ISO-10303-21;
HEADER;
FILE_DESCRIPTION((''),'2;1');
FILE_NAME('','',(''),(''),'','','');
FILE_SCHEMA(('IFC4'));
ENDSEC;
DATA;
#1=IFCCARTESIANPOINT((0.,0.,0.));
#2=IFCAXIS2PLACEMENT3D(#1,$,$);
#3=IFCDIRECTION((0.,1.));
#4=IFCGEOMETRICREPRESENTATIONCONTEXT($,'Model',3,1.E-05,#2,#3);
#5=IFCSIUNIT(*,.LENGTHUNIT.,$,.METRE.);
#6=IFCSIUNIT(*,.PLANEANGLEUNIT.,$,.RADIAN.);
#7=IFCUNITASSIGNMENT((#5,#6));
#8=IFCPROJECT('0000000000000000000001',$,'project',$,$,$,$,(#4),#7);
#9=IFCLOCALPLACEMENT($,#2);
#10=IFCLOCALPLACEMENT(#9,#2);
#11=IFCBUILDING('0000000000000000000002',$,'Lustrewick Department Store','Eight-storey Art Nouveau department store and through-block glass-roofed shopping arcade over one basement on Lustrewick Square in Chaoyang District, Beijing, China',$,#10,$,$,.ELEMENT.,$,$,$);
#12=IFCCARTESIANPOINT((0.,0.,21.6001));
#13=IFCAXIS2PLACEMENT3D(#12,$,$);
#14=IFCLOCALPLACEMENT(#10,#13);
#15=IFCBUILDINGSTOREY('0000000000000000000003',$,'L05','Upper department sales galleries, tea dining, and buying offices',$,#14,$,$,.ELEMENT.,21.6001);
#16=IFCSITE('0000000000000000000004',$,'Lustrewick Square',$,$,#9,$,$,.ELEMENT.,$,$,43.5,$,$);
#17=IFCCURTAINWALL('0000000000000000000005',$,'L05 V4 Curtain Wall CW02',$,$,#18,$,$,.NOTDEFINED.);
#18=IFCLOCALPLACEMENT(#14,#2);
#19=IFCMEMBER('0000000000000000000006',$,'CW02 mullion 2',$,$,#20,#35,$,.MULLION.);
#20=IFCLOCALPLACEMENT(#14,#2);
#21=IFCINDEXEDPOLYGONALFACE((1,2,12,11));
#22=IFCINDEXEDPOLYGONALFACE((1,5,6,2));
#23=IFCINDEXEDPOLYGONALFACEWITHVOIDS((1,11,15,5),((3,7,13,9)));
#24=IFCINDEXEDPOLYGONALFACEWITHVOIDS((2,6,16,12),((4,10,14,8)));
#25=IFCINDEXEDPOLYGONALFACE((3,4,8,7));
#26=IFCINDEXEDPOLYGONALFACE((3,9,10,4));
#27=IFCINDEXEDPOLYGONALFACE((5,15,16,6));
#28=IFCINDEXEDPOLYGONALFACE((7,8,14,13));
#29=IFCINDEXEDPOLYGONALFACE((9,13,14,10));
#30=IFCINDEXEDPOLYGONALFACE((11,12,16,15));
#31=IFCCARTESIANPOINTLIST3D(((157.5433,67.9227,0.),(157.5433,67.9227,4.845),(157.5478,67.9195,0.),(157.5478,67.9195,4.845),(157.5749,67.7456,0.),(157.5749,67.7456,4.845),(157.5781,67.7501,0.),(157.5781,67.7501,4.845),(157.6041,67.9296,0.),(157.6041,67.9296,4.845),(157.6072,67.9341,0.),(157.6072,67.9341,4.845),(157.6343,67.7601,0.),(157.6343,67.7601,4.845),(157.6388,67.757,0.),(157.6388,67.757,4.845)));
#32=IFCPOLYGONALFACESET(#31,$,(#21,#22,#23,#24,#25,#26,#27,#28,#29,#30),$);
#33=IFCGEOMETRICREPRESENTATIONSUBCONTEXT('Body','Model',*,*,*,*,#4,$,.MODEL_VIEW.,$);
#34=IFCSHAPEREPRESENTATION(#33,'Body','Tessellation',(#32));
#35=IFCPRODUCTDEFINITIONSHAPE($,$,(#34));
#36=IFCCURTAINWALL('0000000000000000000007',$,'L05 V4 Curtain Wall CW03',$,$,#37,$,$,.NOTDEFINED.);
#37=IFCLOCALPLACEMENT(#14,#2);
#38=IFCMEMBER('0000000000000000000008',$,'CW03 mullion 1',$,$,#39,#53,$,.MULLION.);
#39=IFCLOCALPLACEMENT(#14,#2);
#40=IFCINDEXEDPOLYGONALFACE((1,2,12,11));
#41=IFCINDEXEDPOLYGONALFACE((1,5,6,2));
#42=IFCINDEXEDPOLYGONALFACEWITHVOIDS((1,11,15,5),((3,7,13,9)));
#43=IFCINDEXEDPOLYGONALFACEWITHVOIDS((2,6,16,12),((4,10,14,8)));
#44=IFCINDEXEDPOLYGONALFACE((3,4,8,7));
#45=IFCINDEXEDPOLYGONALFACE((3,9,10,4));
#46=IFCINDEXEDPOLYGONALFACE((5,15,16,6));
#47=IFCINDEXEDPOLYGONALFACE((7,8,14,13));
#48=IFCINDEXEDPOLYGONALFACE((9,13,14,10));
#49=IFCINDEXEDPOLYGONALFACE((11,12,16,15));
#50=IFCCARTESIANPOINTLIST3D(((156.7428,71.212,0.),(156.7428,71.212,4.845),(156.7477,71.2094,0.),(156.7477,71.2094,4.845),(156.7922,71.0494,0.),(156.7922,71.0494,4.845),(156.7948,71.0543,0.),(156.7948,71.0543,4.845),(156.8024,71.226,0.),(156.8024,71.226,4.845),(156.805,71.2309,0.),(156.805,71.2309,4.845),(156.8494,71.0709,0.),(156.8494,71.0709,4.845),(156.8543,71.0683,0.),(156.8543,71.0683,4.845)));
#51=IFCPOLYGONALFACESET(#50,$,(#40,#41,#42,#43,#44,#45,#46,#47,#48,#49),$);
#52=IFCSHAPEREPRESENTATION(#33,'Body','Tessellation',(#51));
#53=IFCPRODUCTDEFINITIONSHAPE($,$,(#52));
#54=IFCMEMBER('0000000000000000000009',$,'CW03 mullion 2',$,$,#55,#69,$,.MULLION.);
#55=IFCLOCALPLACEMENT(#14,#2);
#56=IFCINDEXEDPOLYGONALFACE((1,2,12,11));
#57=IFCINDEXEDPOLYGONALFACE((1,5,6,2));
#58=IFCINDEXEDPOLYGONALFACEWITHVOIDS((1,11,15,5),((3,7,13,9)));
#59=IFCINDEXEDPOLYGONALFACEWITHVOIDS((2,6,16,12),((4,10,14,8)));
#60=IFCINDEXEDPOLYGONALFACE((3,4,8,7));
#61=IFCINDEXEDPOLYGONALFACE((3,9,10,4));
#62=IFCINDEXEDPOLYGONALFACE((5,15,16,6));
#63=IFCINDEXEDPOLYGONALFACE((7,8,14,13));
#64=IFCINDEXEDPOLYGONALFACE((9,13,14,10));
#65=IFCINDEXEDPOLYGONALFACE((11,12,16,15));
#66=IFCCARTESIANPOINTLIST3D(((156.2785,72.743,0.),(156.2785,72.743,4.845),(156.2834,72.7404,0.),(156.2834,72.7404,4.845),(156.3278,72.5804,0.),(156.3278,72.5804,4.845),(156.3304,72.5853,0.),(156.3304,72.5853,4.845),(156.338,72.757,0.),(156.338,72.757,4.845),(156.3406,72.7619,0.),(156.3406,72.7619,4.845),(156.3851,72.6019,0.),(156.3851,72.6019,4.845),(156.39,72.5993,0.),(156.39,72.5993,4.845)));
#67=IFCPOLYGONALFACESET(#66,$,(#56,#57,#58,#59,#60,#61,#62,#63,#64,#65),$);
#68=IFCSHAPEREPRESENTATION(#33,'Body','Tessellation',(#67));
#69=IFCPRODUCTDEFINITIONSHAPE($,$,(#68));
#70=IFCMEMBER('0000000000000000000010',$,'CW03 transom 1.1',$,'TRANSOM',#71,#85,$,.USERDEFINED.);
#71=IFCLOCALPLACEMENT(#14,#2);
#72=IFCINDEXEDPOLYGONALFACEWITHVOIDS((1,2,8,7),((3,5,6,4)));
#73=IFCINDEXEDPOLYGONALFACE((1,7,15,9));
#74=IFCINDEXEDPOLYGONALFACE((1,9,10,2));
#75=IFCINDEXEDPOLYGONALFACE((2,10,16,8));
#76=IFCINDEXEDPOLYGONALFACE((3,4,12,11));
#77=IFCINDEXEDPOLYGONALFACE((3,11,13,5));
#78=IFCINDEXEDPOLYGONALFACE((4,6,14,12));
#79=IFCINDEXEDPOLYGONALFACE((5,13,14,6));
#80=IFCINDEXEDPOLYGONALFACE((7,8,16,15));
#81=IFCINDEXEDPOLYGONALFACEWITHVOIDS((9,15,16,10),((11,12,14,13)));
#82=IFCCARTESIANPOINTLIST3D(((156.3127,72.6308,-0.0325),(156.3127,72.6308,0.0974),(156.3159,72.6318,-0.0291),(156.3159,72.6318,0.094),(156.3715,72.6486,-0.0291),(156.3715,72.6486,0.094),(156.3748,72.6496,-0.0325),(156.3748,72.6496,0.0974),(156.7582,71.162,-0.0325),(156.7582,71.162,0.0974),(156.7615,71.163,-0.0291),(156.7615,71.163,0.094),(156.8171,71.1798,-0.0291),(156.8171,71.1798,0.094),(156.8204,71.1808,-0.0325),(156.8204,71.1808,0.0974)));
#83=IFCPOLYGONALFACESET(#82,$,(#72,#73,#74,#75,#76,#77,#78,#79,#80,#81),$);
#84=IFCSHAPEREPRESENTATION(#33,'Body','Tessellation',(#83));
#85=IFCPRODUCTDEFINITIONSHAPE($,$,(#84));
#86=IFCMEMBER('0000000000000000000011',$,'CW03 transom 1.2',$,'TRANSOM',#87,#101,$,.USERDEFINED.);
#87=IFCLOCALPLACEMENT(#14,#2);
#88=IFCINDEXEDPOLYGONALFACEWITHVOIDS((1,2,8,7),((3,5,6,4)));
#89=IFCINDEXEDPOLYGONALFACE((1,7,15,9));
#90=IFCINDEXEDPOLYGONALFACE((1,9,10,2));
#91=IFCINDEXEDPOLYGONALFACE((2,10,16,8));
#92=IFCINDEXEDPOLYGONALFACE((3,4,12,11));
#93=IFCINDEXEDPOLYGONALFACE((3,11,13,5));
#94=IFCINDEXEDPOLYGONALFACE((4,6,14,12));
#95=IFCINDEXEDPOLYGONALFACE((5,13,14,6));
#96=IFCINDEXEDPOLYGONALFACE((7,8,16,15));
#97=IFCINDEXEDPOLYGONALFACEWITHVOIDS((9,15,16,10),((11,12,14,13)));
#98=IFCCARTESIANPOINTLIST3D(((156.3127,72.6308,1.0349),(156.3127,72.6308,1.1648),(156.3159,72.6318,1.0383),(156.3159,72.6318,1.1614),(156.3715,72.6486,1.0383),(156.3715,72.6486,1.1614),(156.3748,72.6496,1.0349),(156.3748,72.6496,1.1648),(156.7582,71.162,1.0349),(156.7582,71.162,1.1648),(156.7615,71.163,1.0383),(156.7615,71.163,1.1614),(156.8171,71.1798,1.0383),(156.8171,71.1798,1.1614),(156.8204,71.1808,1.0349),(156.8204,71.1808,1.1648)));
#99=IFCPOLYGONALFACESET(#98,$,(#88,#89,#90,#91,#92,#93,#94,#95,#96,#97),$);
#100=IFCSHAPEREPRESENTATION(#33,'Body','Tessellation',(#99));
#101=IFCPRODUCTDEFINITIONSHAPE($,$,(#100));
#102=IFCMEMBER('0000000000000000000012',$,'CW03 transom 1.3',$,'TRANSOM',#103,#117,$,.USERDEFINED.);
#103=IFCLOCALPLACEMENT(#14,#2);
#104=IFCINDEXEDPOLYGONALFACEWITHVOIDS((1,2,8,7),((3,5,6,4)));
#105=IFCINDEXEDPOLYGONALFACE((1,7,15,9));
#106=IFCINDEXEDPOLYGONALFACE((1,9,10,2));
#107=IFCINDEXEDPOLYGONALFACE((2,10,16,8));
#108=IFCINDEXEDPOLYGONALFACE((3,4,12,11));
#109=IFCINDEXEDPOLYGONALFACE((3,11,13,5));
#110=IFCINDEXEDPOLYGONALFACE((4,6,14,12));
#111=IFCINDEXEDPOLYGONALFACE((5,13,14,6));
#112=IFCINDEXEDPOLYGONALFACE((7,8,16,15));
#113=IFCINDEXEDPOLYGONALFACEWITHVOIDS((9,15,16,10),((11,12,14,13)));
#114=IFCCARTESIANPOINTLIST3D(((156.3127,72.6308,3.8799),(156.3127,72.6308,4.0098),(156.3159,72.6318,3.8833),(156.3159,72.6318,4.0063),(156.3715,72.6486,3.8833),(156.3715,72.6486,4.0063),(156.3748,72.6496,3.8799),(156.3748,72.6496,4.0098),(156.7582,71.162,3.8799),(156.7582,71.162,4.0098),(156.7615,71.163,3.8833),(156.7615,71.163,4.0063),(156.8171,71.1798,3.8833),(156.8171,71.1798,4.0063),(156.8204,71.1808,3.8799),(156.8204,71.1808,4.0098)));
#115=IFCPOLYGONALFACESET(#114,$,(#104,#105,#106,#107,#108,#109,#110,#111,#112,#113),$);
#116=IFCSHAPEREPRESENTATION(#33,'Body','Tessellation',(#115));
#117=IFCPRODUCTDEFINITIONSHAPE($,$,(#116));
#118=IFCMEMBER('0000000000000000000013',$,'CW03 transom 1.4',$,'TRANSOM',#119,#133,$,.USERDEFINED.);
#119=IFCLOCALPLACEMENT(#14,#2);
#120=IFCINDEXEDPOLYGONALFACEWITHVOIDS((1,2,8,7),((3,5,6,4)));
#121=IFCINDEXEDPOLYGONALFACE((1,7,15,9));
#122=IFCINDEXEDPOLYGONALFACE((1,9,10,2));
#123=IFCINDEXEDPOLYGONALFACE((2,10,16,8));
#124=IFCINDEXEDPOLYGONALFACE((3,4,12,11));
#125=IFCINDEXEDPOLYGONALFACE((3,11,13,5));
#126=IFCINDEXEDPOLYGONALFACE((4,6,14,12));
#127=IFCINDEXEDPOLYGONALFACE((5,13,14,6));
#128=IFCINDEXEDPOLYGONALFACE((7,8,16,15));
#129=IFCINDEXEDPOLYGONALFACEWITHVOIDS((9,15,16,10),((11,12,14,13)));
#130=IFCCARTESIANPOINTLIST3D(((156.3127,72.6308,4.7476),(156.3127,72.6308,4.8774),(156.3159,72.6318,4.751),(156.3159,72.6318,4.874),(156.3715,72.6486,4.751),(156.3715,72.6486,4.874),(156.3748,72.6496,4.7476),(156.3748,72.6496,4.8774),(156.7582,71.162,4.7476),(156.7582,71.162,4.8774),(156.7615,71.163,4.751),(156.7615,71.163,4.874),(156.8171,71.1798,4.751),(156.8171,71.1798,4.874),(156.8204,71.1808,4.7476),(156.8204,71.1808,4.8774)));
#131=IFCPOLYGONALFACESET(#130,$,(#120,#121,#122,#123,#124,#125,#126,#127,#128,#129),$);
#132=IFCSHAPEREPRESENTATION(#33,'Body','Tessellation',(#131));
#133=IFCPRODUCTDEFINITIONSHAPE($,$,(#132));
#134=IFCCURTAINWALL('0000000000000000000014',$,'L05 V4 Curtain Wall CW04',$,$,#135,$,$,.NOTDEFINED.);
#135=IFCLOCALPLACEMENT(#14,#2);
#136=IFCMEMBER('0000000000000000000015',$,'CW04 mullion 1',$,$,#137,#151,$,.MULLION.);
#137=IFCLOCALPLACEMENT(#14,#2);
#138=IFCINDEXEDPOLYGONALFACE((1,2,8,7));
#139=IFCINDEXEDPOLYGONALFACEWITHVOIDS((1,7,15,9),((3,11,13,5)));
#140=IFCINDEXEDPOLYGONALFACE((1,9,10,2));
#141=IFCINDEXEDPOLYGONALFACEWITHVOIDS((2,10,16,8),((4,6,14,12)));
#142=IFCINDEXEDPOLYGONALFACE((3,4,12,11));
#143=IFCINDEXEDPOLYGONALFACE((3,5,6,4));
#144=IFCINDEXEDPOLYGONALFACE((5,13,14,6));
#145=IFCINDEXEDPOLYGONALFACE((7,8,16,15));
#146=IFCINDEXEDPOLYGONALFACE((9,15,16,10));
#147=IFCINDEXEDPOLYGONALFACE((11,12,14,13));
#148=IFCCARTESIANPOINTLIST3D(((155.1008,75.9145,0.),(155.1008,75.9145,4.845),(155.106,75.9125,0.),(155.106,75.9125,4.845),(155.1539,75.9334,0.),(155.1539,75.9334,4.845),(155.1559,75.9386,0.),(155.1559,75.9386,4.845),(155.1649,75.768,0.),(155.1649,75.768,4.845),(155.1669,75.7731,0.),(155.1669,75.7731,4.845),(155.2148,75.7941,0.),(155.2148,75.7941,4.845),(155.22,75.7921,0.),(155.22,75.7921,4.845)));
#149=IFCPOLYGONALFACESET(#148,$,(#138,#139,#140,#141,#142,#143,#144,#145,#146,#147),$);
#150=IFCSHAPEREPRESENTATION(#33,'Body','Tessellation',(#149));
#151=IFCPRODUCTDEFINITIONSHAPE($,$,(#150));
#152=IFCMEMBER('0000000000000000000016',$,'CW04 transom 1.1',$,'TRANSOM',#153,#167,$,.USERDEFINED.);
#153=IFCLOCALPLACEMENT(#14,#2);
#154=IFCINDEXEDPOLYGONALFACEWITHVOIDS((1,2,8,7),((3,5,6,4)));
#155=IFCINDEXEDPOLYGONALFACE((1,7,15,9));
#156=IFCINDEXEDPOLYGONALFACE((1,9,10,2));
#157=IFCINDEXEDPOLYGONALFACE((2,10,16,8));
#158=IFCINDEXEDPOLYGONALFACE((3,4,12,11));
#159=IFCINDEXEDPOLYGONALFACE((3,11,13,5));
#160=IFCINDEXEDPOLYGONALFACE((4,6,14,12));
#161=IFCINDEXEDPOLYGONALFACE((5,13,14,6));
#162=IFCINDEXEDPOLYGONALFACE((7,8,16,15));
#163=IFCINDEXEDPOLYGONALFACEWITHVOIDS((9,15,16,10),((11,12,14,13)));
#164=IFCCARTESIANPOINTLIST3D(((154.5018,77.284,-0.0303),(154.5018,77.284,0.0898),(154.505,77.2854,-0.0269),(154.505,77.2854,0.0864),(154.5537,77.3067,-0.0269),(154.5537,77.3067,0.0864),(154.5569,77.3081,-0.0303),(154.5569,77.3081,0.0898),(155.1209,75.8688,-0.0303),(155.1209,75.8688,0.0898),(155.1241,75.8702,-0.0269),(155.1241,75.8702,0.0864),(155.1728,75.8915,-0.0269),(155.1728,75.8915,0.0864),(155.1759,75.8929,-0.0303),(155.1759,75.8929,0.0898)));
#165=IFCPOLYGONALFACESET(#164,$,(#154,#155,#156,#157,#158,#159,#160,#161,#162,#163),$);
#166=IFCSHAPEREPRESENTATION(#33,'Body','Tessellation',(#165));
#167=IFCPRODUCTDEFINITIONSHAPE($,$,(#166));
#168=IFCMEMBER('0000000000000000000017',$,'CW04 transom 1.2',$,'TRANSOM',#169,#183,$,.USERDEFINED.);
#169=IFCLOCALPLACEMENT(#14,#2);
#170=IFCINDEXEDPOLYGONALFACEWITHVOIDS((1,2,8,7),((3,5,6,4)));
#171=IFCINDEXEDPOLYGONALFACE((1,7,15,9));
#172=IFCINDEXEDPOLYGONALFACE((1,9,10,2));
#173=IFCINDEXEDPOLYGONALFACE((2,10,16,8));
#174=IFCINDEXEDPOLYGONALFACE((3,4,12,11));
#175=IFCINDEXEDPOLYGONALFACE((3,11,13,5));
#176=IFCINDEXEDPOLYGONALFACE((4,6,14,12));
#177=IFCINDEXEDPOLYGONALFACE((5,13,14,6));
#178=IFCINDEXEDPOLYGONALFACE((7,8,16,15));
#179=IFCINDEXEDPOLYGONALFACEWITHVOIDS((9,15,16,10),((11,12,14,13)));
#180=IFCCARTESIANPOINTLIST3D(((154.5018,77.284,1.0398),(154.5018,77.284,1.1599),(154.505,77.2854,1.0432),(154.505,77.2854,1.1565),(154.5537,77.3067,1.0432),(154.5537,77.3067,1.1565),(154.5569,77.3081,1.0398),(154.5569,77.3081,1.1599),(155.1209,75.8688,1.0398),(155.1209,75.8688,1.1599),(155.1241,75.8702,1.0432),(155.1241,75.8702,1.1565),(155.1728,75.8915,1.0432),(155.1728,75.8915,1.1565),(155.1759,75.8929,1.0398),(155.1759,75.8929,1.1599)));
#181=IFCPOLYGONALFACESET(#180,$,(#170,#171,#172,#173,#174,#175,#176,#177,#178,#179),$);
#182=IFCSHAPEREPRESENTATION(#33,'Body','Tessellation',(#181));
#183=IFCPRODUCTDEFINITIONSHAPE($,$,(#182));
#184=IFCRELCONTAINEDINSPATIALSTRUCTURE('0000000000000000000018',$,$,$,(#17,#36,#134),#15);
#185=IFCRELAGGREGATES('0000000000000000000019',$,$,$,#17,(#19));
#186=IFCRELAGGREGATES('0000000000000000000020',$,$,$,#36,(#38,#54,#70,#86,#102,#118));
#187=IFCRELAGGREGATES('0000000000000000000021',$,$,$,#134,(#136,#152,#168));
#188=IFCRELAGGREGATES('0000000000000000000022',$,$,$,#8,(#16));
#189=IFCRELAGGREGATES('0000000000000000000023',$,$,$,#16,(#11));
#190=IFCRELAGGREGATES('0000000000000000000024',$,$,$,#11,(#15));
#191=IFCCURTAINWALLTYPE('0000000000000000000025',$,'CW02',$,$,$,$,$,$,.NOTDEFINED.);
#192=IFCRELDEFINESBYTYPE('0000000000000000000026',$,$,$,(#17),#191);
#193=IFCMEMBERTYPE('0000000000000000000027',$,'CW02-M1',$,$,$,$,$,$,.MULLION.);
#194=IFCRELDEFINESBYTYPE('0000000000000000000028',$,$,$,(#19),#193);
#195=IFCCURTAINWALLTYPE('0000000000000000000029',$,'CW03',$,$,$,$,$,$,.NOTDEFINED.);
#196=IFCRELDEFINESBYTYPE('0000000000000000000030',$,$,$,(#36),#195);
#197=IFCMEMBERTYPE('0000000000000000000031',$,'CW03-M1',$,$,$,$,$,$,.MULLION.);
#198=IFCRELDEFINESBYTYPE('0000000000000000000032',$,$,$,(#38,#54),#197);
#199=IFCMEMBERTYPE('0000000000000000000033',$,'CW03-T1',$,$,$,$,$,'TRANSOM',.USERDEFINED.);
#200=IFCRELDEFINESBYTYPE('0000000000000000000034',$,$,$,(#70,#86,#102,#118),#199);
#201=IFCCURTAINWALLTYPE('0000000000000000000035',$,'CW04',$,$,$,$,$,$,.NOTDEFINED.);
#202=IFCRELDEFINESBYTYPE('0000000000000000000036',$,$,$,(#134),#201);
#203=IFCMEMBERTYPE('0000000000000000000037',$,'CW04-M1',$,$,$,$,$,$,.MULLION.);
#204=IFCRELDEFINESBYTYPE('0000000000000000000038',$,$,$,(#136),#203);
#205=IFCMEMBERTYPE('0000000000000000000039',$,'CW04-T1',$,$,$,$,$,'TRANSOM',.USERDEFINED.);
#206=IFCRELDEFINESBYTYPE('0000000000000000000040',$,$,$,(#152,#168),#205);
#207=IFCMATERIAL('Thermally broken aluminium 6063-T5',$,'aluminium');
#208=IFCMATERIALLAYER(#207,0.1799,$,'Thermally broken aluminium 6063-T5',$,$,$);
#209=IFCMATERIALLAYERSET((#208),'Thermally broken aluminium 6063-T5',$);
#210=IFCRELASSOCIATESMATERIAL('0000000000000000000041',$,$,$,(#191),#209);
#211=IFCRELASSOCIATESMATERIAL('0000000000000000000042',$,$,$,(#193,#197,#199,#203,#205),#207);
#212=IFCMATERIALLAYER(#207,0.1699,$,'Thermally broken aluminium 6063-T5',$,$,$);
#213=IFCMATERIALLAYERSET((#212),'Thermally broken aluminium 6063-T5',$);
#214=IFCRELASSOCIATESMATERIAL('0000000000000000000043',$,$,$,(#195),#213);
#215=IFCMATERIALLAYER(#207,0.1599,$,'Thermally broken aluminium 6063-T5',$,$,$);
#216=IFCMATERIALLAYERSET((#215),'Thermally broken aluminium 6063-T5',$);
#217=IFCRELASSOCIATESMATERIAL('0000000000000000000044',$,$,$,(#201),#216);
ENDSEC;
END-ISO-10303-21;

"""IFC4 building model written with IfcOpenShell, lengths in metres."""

from ifc_helpers import new_model, si_unit, direction, frame, origin, origin_2d, place, context, subcontext, project, spatial, hollow_rectangle, extrude, material, layer, layer_set, material_profile, profile_set, type_object, element, aggregate, save


model = new_model("IFC4")

# Units and contexts
model_context = context("Model", 3, precision=1e-05, world=origin(), true_north=direction((0.0, 1.0)))
body_context = subcontext(model_context, "Body", "Model", "MODEL_VIEW")
ifc_project = project(units=[si_unit("LENGTHUNIT", "METRE"), si_unit("PLANEANGLEUNIT", "RADIAN")], contexts=[model_context])

# Site, building, storey
site_placement = place(None, origin())
site = spatial("IfcSite", under=ifc_project, at=site_placement, Name="Lustrewick Square", CompositionType="ELEMENT", RefElevation=43.5)
building_placement = place(site_placement, origin())
building = spatial("IfcBuilding", under=site, at=building_placement, Name="Lustrewick Department Store", Description="Eight-storey Art Nouveau department store and through-block glass-roofed shopping arcade over one basement on Lustrewick Square in Chaoyang District, Beijing, China", CompositionType="ELEMENT")
storey_placement = place(building_placement, frame((0.0, 0.0, 21.6001)))
storey = spatial("IfcBuildingStorey", under=building, at=storey_placement, Name="L05", Description="Upper department sales galleries, tea dining, and buying offices", CompositionType="ELEMENT", Elevation=21.6001)

# Curtain wall, member
ifc_material_1 = material(Name="Thermally broken aluminium 6063-T5", Category="aluminium")
ifc_layer_1 = layer(ifc_material_1, 0.1799, Name="Thermally broken aluminium 6063-T5")
ifc_layer_set_1 = layer_set([ifc_layer_1], Name="Thermally broken aluminium 6063-T5")
curtain_wall_type_1 = type_object("IfcCurtainWallType", Name="CW02", PredefinedType="NOTDEFINED", material=ifc_layer_set_1)
curtain_wall_1_placement = place(storey_placement, origin())
curtain_wall_1 = element("IfcCurtainWall", 1, at=curtain_wall_1_placement, inside=storey, type_object=curtain_wall_type_1, Name="L05 V4 Curtain Wall CW02", PredefinedType="NOTDEFINED")
ifc_material_profile_1 = material_profile(ifc_material_1, hollow_rectangle(XDim=0.0649, YDim=0.1799, WallThickness=0.0039, at=origin_2d()), Name="ALU-M 65x180x4")
ifc_profile_set_1 = profile_set([ifc_material_profile_1], Name="Thermally broken aluminium 6063-T5")
member_type_1 = type_object("IfcMemberType", Name="CW02-M1", PredefinedType="MULLION", material=ifc_profile_set_1)
member_1_placement = place(storey_placement, frame((157.5911, 67.8398, 0.0), z_axis=(0.0, 0.0, 1.0), x_axis=(-0.984425, -0.175803, 0.0)))
member_1 = element("IfcMember", 2, at=member_1_placement, type_object=member_type_1, Name="CW02 mullion 2", PredefinedType="MULLION", context=body_context, shape_type="SweptSolid", body=[
    extrude(hollow_rectangle(XDim=0.0649, YDim=0.1799, WallThickness=0.0039, at=origin_2d()), origin(), (0.0, 0.0, 1.0), 4.845),
])
aggregate(curtain_wall_1, [member_1])

# Curtain walls, members
ifc_layer_2 = layer(ifc_material_1, 0.1699, Name="Thermally broken aluminium 6063-T5")
ifc_layer_set_2 = layer_set([ifc_layer_2], Name="Thermally broken aluminium 6063-T5")
curtain_wall_type_2 = type_object("IfcCurtainWallType", Name="CW03", PredefinedType="NOTDEFINED", material=ifc_layer_set_2)
curtain_wall_2_placement = place(storey_placement, origin())
curtain_wall_2 = element("IfcCurtainWall", 3, at=curtain_wall_2_placement, inside=storey, type_object=curtain_wall_type_2, Name="L05 V4 Curtain Wall CW03", PredefinedType="NOTDEFINED")
ifc_material_profile_2 = material_profile(ifc_material_1, hollow_rectangle(XDim=0.0649, YDim=0.1699, WallThickness=0.0039, at=origin_2d()), Name="ALU-M 65x170x4")
ifc_profile_set_2 = profile_set([ifc_material_profile_2], Name="Thermally broken aluminium 6063-T5")
member_type_2 = type_object("IfcMemberType", Name="CW03-M1", PredefinedType="MULLION", material=ifc_profile_set_2)
member_2_placement = place(storey_placement, frame((156.7986, 71.1401, 0.0), z_axis=(0.0, 0.0, 1.0), x_axis=(-0.956939, -0.290289, 0.0)))
member_2 = element("IfcMember", 4, at=member_2_placement, type_object=member_type_2, Name="CW03 mullion 1", PredefinedType="MULLION", context=body_context, shape_type="SweptSolid", body=[
    extrude(hollow_rectangle(XDim=0.0649, YDim=0.1699, WallThickness=0.0039, at=origin_2d()), origin(), (0.0, 0.0, 1.0), 4.845),
])
member_3_placement = place(storey_placement, frame((156.3342, 72.6711, 0.0), z_axis=(0.0, 0.0, 1.0), x_axis=(-0.956939, -0.290289, 0.0)))
member_3 = element("IfcMember", 5, at=member_3_placement, type_object=member_type_2, Name="CW03 mullion 2", PredefinedType="MULLION", context=body_context, shape_type="SweptSolid", body=[
    extrude(hollow_rectangle(XDim=0.0649, YDim=0.1699, WallThickness=0.0039, at=origin_2d()), origin(), (0.0, 0.0, 1.0), 4.845),
])
ifc_material_profile_3 = material_profile(ifc_material_1, hollow_rectangle(XDim=0.0649, YDim=0.1299, WallThickness=0.0034, at=origin_2d()), Name="ALU-T 65x130x3.5")
ifc_profile_set_3 = profile_set([ifc_material_profile_3], Name="Thermally broken aluminium 6063-T5")
member_type_3 = type_object("IfcMemberType", Name="CW03-T1", ElementType="TRANSOM", PredefinedType="USERDEFINED", material=ifc_profile_set_3)
member_4_placement = place(storey_placement, frame((156.7893, 71.1714, 0.0325), z_axis=(-0.290294, 0.956937, 0.0), x_axis=(-0.956937, -0.290294, 0.0)))
member_4 = element("IfcMember", 6, at=member_4_placement, type_object=member_type_3, Name="CW03 transom 1.1", ObjectType="TRANSOM", PredefinedType="USERDEFINED", context=body_context, shape_type="SweptSolid", body=[
    extrude(hollow_rectangle(XDim=0.0649, YDim=0.1299, WallThickness=0.0034, at=origin_2d()), origin(), (0.0, 0.0, 1.0), 1.5349),
])
member_5_placement = place(storey_placement, frame((156.7893, 71.1714, 1.0999), z_axis=(-0.290294, 0.956937, 0.0), x_axis=(-0.956937, -0.290294, 0.0)))
member_5 = element("IfcMember", 7, at=member_5_placement, type_object=member_type_3, Name="CW03 transom 1.2", ObjectType="TRANSOM", PredefinedType="USERDEFINED", context=body_context, shape_type="SweptSolid", body=[
    extrude(hollow_rectangle(XDim=0.0649, YDim=0.1299, WallThickness=0.0034, at=origin_2d()), origin(), (0.0, 0.0, 1.0), 1.5349),
])
member_6_placement = place(storey_placement, frame((156.7893, 71.1714, 3.9448), z_axis=(-0.290294, 0.956937, 0.0), x_axis=(-0.956937, -0.290294, 0.0)))
member_6 = element("IfcMember", 8, at=member_6_placement, type_object=member_type_3, Name="CW03 transom 1.3", ObjectType="TRANSOM", PredefinedType="USERDEFINED", context=body_context, shape_type="SweptSolid", body=[
    extrude(hollow_rectangle(XDim=0.0649, YDim=0.1299, WallThickness=0.0034, at=origin_2d()), origin(), (0.0, 0.0, 1.0), 1.5349),
])
member_7_placement = place(storey_placement, frame((156.7893, 71.1714, 4.8125), z_axis=(-0.290294, 0.956937, 0.0), x_axis=(-0.956937, -0.290294, 0.0)))
member_7 = element("IfcMember", 9, at=member_7_placement, type_object=member_type_3, Name="CW03 transom 1.4", ObjectType="TRANSOM", PredefinedType="USERDEFINED", context=body_context, shape_type="SweptSolid", body=[
    extrude(hollow_rectangle(XDim=0.0649, YDim=0.1299, WallThickness=0.0034, at=origin_2d()), origin(), (0.0, 0.0, 1.0), 1.5349),
])
ifc_layer_3 = layer(ifc_material_1, 0.1599, Name="Thermally broken aluminium 6063-T5")
ifc_layer_set_3 = layer_set([ifc_layer_3], Name="Thermally broken aluminium 6063-T5")
curtain_wall_type_3 = type_object("IfcCurtainWallType", Name="CW04", PredefinedType="NOTDEFINED", material=ifc_layer_set_3)
curtain_wall_3_placement = place(storey_placement, origin())
curtain_wall_3 = element("IfcCurtainWall", 10, at=curtain_wall_3_placement, inside=storey, type_object=curtain_wall_type_3, Name="L05 V4 Curtain Wall CW04", PredefinedType="NOTDEFINED")
ifc_material_profile_4 = material_profile(ifc_material_1, hollow_rectangle(XDim=0.0601, YDim=0.1599, WallThickness=0.0039, at=origin_2d()), Name="ALU-M 60x160x4")
ifc_profile_set_4 = profile_set([ifc_material_profile_4], Name="Thermally broken aluminium 6063-T5")
member_type_4 = type_object("IfcMemberType", Name="CW04-M1", PredefinedType="MULLION", material=ifc_profile_set_4)
member_8_placement = place(storey_placement, frame((155.1604, 75.8533, 0.0), z_axis=(0.0, 0.0, 1.0), x_axis=(-0.916193, -0.400737, 0.0)))
member_8 = element("IfcMember", 11, at=member_8_placement, type_object=member_type_4, Name="CW04 mullion 1", PredefinedType="MULLION", context=body_context, shape_type="SweptSolid", body=[
    extrude(hollow_rectangle(XDim=0.0601, YDim=0.1599, WallThickness=0.0039, at=origin_2d()), origin(), (0.0, 0.0, 1.0), 4.845),
])
ifc_material_profile_5 = material_profile(ifc_material_1, hollow_rectangle(XDim=0.0601, YDim=0.1201, WallThickness=0.0034, at=origin_2d()), Name="ALU-T 60x120x3.5")
ifc_profile_set_5 = profile_set([ifc_material_profile_5], Name="Thermally broken aluminium 6063-T5")
member_type_5 = type_object("IfcMemberType", Name="CW04-T1", ElementType="TRANSOM", PredefinedType="USERDEFINED", material=ifc_profile_set_5)
member_9_placement = place(storey_placement, frame((155.1484, 75.8809, 0.0298), z_axis=(-0.400794, 0.916168, 0.0), x_axis=(-0.916168, -0.400794, 0.0)))
member_9 = element("IfcMember", 12, at=member_9_placement, type_object=member_type_5, Name="CW04 transom 1.1", ObjectType="TRANSOM", PredefinedType="USERDEFINED", context=body_context, shape_type="SweptSolid", body=[
    extrude(hollow_rectangle(XDim=0.0601, YDim=0.1201, WallThickness=0.0034, at=origin_2d()), origin(), (0.0, 0.0, 1.0), 1.5447),
])
member_10_placement = place(storey_placement, frame((155.1484, 75.8809, 1.0999), z_axis=(-0.400794, 0.916168, 0.0), x_axis=(-0.916168, -0.400794, 0.0)))
member_10 = element("IfcMember", 13, at=member_10_placement, type_object=member_type_5, Name="CW04 transom 1.2", ObjectType="TRANSOM", PredefinedType="USERDEFINED", context=body_context, shape_type="SweptSolid", body=[
    extrude(hollow_rectangle(XDim=0.0601, YDim=0.1201, WallThickness=0.0034, at=origin_2d()), origin(), (0.0, 0.0, 1.0), 1.5447),
])

aggregate(curtain_wall_2, [member_2, member_3, member_4, member_5, member_6, member_7])
aggregate(curtain_wall_3, [member_8, member_9, member_10])

save(model, "model.ifc")
